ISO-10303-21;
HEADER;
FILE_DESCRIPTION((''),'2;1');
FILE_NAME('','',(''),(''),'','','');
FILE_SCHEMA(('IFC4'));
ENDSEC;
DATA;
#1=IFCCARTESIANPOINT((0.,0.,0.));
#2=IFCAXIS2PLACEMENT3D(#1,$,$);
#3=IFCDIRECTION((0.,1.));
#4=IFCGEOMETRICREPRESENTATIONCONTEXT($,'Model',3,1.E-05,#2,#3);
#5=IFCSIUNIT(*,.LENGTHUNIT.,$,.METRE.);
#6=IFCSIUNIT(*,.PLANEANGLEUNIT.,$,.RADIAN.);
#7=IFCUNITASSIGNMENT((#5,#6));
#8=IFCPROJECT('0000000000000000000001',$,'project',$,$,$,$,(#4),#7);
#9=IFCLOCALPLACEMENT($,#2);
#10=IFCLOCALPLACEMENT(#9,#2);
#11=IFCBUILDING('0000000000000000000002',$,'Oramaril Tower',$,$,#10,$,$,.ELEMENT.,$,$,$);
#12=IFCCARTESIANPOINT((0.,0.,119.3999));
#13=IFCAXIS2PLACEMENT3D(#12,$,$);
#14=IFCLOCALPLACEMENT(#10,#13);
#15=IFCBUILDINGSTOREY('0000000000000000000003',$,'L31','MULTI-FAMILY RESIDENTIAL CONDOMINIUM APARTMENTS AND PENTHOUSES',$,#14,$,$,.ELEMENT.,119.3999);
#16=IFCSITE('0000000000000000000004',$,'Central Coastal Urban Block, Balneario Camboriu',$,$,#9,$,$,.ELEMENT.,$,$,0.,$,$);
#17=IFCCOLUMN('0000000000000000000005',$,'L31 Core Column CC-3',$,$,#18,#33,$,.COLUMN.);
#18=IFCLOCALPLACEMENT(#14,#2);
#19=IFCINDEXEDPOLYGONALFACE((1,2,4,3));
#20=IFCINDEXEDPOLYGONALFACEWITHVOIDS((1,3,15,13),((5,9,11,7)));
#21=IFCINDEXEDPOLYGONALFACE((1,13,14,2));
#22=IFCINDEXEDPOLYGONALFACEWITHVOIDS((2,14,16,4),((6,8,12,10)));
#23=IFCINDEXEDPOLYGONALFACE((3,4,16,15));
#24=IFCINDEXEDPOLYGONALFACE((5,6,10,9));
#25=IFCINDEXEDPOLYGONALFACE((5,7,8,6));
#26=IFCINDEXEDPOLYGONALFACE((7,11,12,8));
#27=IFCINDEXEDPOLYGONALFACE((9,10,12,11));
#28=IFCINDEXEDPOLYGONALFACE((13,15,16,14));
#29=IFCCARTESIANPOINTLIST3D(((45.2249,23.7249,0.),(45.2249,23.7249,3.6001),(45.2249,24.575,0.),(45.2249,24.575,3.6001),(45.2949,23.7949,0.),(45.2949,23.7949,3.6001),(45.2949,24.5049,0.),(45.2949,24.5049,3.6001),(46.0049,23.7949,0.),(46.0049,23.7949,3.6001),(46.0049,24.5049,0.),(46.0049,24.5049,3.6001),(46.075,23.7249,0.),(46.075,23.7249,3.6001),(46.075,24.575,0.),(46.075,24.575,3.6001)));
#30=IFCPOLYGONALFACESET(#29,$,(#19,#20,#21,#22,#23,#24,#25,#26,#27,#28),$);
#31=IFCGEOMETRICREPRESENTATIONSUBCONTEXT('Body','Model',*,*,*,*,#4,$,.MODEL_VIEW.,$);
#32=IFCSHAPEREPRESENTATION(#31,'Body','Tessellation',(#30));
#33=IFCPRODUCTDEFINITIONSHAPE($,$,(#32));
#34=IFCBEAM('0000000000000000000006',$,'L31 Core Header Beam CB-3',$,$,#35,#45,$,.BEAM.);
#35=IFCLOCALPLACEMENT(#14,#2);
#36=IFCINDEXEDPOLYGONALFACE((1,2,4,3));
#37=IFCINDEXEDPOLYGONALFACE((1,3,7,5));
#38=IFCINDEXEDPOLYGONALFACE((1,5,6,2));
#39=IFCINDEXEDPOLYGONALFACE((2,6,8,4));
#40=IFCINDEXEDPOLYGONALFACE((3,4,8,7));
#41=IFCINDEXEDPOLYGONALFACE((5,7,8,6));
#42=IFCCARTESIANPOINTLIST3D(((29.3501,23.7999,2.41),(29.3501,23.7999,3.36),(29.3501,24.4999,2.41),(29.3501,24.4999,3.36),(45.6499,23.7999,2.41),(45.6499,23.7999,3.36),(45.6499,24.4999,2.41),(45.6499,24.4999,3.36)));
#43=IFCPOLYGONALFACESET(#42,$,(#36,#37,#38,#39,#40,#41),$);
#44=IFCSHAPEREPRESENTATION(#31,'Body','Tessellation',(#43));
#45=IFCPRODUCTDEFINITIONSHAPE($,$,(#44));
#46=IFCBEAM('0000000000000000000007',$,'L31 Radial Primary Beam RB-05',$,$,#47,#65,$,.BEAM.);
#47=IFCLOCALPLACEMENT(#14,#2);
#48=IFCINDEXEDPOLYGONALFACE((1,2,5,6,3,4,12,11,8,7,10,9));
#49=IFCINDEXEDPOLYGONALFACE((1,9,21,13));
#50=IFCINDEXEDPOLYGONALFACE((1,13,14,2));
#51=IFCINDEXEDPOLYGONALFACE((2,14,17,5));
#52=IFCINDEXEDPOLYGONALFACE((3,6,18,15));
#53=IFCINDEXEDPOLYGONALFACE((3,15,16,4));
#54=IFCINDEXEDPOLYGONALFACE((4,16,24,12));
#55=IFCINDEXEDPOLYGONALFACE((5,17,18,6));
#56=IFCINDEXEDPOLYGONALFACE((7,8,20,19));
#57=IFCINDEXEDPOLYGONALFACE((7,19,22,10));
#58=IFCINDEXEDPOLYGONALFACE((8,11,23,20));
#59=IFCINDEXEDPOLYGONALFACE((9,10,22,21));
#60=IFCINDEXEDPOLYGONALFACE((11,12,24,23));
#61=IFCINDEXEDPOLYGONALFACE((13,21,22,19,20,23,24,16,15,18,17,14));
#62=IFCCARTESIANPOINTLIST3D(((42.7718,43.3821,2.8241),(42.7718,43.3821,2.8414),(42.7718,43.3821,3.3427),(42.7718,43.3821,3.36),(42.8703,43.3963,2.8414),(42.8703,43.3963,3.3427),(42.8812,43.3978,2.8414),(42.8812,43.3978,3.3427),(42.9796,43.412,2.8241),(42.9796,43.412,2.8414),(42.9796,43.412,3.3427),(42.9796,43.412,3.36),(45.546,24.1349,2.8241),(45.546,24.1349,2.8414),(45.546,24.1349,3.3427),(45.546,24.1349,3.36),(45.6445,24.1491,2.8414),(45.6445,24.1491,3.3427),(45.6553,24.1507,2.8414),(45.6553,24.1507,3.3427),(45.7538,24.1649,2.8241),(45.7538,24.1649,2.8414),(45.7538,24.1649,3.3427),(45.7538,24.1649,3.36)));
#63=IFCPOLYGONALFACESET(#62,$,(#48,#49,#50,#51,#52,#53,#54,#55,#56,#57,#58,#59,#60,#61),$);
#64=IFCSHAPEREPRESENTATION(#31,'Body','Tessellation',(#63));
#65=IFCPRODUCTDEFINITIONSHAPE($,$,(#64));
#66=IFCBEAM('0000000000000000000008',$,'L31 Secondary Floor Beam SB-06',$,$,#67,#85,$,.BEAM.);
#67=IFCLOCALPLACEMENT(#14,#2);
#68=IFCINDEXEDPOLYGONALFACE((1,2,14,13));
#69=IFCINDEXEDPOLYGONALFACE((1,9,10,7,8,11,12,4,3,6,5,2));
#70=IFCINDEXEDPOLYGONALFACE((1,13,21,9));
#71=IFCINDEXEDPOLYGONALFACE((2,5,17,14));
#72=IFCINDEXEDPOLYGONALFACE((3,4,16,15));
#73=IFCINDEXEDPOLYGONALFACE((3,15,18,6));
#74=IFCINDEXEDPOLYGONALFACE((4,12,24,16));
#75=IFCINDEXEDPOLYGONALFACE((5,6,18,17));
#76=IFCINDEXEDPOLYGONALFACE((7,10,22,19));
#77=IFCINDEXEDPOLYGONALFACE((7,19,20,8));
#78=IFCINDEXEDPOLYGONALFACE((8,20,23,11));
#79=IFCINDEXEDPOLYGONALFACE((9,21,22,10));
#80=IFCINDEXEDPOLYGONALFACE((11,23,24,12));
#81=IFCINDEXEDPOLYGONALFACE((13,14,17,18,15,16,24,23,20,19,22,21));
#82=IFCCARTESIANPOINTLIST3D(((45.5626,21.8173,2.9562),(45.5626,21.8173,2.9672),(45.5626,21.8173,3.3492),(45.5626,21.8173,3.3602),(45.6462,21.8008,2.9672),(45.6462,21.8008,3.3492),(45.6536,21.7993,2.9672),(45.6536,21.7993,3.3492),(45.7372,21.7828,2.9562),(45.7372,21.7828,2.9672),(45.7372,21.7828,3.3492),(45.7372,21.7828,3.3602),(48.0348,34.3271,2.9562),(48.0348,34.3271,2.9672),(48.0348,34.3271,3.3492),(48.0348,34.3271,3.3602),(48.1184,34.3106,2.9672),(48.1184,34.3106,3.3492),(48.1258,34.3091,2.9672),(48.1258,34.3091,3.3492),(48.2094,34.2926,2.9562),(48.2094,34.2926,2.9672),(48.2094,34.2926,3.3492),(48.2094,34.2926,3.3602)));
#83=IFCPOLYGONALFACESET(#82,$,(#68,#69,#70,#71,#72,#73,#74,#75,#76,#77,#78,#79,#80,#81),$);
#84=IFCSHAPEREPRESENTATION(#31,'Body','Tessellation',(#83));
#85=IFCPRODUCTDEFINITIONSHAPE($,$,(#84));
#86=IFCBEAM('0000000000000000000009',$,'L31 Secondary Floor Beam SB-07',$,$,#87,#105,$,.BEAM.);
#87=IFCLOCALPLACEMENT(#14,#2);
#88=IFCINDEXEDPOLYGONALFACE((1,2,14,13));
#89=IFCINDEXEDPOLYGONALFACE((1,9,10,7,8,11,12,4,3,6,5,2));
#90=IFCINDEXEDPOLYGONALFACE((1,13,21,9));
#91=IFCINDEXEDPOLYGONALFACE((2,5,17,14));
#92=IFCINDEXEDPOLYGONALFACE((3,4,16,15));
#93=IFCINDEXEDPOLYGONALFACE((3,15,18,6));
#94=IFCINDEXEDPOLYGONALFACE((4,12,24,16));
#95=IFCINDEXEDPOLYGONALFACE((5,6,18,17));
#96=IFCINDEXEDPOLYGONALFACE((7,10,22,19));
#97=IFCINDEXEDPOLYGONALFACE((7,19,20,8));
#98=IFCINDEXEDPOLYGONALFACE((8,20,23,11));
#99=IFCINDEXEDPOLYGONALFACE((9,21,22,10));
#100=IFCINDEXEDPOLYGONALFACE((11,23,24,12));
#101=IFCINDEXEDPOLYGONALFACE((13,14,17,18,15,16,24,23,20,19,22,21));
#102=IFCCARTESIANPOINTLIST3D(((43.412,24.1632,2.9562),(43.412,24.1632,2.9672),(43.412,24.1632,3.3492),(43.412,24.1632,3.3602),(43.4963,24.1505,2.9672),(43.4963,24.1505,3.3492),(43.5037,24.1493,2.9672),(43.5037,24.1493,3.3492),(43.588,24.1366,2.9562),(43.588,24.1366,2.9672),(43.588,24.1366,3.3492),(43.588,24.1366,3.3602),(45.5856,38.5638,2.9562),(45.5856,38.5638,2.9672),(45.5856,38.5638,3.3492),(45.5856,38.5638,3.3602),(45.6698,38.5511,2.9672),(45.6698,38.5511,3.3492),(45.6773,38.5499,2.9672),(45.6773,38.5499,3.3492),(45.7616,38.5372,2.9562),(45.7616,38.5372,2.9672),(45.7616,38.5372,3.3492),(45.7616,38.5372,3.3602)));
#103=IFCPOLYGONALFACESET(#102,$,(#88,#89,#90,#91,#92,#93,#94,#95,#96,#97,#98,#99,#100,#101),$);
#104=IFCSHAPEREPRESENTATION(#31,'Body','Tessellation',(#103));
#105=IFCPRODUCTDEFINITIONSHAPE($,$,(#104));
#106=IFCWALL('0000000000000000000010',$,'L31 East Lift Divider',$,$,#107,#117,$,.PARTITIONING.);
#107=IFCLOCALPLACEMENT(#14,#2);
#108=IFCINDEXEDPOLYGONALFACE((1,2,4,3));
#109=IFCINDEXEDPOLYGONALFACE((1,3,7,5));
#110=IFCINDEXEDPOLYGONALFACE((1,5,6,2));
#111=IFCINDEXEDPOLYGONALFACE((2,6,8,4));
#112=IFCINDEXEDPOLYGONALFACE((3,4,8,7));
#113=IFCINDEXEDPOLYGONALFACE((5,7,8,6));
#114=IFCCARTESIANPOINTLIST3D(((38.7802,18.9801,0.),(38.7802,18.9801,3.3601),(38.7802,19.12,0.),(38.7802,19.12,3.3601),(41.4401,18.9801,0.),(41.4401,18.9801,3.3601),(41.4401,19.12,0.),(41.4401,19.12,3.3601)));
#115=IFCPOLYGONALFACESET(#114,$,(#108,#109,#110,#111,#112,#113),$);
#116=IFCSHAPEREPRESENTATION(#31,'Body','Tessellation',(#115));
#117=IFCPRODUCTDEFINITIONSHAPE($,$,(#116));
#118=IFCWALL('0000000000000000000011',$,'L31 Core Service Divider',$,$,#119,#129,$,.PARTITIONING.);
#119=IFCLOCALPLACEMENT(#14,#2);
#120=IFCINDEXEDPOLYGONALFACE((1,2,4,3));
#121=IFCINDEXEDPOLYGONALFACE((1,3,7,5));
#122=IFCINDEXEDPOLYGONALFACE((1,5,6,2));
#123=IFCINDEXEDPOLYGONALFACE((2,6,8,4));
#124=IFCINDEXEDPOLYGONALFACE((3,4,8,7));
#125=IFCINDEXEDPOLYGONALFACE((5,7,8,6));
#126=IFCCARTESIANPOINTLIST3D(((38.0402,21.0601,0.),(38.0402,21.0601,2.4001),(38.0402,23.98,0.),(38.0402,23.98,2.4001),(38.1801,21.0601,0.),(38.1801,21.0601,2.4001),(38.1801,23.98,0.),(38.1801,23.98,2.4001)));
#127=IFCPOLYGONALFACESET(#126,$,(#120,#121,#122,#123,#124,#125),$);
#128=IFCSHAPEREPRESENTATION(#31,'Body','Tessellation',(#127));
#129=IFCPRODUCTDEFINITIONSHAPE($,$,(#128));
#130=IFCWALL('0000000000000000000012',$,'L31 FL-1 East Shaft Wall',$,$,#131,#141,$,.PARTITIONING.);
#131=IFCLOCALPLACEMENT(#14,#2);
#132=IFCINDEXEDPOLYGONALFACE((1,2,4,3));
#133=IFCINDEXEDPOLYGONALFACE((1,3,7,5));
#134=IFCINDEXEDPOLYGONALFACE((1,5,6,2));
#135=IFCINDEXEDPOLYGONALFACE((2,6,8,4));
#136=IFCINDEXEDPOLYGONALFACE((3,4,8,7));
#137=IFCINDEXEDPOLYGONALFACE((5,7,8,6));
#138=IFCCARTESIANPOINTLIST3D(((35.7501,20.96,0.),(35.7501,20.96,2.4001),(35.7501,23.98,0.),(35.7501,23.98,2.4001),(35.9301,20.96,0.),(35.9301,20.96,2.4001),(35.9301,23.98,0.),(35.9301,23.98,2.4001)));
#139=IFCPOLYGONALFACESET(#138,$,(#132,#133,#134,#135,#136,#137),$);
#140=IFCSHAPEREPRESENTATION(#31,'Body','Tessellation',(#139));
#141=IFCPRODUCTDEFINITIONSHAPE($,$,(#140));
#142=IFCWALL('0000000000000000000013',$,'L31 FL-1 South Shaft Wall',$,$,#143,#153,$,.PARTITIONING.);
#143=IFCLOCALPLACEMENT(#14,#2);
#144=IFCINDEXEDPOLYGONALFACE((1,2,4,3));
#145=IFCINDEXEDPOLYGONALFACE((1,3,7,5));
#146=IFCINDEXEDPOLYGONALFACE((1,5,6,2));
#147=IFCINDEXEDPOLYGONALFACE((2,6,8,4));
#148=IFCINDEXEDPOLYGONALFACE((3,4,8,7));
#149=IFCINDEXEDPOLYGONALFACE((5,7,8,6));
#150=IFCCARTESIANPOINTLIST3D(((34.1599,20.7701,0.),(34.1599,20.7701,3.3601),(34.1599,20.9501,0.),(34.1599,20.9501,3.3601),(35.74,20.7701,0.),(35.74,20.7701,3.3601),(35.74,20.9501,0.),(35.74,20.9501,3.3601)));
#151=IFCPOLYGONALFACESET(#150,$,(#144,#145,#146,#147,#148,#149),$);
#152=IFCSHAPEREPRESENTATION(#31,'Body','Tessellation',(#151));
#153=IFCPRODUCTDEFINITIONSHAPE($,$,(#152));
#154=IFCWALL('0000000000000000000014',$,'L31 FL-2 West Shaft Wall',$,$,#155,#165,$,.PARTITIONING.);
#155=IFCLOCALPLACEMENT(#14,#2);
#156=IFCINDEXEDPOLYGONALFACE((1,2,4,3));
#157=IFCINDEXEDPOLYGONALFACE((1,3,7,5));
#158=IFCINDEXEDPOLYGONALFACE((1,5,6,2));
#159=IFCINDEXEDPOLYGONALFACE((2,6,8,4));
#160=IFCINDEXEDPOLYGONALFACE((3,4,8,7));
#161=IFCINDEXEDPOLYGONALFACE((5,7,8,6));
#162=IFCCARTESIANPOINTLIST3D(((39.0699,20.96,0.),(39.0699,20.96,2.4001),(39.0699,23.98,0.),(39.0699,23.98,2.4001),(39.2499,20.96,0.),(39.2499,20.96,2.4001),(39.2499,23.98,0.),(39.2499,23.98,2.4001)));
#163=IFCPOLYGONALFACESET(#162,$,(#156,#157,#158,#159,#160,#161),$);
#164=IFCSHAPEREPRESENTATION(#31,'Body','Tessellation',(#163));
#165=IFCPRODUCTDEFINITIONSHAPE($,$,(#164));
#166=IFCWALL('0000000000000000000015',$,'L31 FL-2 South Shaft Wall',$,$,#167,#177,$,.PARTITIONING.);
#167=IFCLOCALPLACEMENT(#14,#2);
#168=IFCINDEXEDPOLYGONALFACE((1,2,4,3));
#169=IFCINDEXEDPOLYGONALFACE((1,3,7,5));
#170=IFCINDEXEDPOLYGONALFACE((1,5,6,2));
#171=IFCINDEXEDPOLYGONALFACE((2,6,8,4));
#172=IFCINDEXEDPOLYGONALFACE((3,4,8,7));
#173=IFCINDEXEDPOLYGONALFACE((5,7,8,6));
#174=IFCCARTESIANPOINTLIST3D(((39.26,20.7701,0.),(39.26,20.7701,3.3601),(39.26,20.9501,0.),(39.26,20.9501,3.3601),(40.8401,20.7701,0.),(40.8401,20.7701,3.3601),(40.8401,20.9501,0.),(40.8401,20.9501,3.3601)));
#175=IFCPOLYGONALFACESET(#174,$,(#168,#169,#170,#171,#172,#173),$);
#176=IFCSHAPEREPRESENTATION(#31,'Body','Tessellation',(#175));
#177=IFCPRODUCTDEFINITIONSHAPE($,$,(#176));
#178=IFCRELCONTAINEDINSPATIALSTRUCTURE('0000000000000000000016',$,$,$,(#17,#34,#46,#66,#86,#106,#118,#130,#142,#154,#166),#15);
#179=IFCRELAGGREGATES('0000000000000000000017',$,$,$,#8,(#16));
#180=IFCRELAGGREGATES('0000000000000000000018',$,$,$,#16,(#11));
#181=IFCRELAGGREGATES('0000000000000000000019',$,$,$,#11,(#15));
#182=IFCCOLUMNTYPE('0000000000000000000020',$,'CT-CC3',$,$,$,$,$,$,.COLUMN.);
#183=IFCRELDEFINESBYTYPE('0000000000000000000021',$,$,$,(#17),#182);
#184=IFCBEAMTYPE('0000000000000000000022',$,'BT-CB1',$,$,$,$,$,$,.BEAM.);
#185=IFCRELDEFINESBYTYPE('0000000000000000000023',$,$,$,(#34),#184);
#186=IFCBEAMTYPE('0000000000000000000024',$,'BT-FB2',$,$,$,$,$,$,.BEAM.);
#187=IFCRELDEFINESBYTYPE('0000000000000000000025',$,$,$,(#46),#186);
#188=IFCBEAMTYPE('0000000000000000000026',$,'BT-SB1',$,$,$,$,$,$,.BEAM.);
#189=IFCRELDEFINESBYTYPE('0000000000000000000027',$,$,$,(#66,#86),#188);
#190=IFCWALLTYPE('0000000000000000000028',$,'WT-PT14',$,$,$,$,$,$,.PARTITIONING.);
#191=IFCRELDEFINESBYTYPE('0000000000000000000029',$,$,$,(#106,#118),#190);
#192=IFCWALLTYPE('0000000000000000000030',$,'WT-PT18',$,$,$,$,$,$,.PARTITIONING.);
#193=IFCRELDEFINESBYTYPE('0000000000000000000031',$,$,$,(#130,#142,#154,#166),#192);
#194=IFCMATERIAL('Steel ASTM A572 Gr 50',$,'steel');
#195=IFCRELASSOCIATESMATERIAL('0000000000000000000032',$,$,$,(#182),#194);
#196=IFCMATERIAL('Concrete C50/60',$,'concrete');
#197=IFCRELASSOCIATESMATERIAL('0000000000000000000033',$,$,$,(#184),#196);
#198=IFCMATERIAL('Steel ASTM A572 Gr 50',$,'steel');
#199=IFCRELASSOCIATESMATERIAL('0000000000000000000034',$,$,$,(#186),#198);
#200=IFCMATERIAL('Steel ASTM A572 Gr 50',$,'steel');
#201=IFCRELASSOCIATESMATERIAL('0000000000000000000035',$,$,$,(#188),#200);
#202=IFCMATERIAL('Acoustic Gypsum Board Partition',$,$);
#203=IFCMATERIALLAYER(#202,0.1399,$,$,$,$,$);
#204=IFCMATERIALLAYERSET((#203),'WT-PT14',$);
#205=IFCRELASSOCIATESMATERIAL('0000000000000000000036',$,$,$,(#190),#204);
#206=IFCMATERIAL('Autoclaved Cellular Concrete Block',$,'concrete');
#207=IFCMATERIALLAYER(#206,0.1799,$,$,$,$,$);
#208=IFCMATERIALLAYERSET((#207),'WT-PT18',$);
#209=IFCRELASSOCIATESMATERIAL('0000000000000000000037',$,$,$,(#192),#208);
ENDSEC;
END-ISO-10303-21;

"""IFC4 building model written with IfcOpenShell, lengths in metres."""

from ifc_helpers import new_model, si_unit, direction, frame, frame_2d, origin, origin_2d, place, context, subcontext, project, spatial, rectangle, hollow_rectangle, i_section, extrude, material, layer, layer_set, material_profile, profile_set, type_object, element, save


model = new_model("IFC4")

# Units and contexts
model_context = context("Model", 3, precision=1e-05, world=origin(), true_north=direction((0.0, 1.0)))
body_context = subcontext(model_context, "Body", "Model", "MODEL_VIEW")
ifc_project = project(units=[si_unit("LENGTHUNIT", "METRE"), si_unit("PLANEANGLEUNIT", "RADIAN")], contexts=[model_context])

# Site, building, storey
site_placement = place(None, origin())
site = spatial("IfcSite", under=ifc_project, at=site_placement, Name="Central Coastal Urban Block, Balneario Camboriu", CompositionType="ELEMENT", RefElevation=0.0)
building_placement = place(site_placement, origin())
building = spatial("IfcBuilding", under=site, at=building_placement, Name="Oramaril Tower", CompositionType="ELEMENT")
storey_placement = place(building_placement, frame((0.0, 0.0, 119.3999)))
storey = spatial("IfcBuildingStorey", under=building, at=storey_placement, Name="L31", Description="MULTI-FAMILY RESIDENTIAL CONDOMINIUM APARTMENTS AND PENTHOUSES", CompositionType="ELEMENT", Elevation=119.3999)

# Column
ifc_material_1 = material(Name="Steel ASTM A572 Gr 50", Category="steel")
ifc_material_profile_1 = material_profile(ifc_material_1, hollow_rectangle(XDim=0.8501, YDim=0.8501, WallThickness=0.0701, at=origin_2d()), Name="BOX850X850X70")
ifc_profile_set_1 = profile_set([ifc_material_profile_1], Name="Steel ASTM A572 Gr 50")
column_type = type_object("IfcColumnType", Name="CT-CC3", PredefinedType="COLUMN", material=ifc_profile_set_1)
column_placement = place(storey_placement, frame((45.6499, 24.1499, 0.0), z_axis=(0.0, 0.0, 1.0), x_axis=(1.0, 0.0, 0.0)))
element("IfcColumn", 1, at=column_placement, inside=storey, type_object=column_type, Name="L31 Core Column CC-3", PredefinedType="COLUMN", context=body_context, shape_type="SweptSolid", body=[
    extrude(hollow_rectangle(XDim=0.8501, YDim=0.8501, WallThickness=0.0701, at=origin_2d()), origin(), (0.0, 0.0, 1.0), 3.6001),
])

# Beams
ifc_material_2 = material(Name="Concrete C50/60", Category="concrete")
ifc_material_profile_2 = material_profile(ifc_material_2, rectangle(XDim=0.7, YDim=0.95, at=origin_2d()), Name="CB700X950")
ifc_profile_set_2 = profile_set([ifc_material_profile_2], Name="Concrete C50/60")
beam_type_1 = type_object("IfcBeamType", Name="BT-CB1", PredefinedType="BEAM", material=ifc_profile_set_2)
beam_1_placement = place(storey_placement, frame((45.6499, 24.1499, 2.885), z_axis=(-1.0, 0.0, 0.0), x_axis=(0.0, -1.0, 0.0)))
element("IfcBeam", 2, at=beam_1_placement, inside=storey, type_object=beam_type_1, Name="L31 Core Header Beam CB-3", PredefinedType="BEAM", context=body_context, shape_type="SweptSolid", body=[
    extrude(rectangle(XDim=0.7, YDim=0.95, at=origin_2d()), origin(), (0.0, 0.0, 1.0), 16.2998),
])
ifc_material_3 = material(Name="Steel ASTM A572 Gr 50", Category="steel")
ifc_material_profile_3 = material_profile(ifc_material_3, i_section(OverallWidth=0.21, OverallDepth=0.5359, WebThickness=0.011, FlangeThickness=0.0173, at=origin_2d()), Name="W21X68")
ifc_profile_set_3 = profile_set([ifc_material_profile_3], Name="Steel ASTM A572 Gr 50")
beam_type_2 = type_object("IfcBeamType", Name="BT-FB2", PredefinedType="BEAM", material=ifc_profile_set_3)
beam_2_placement = place(storey_placement, frame((45.6499, 24.1499, 3.092), z_axis=(-0.14266, 0.989772, 0.0), x_axis=(-0.989772, -0.14266, 0.0)))
element("IfcBeam", 3, at=beam_2_placement, inside=storey, type_object=beam_type_2, Name="L31 Radial Primary Beam RB-05", PredefinedType="BEAM", context=body_context, shape_type="SweptSolid", body=[
    extrude(i_section(OverallWidth=0.21, OverallDepth=0.5359, WebThickness=0.011, FlangeThickness=0.0173, at=origin_2d()), origin(), (0.0, 0.0, 1.0), 19.446),
])
ifc_material_4 = material(Name="Steel ASTM A572 Gr 50", Category="steel")
ifc_material_profile_4 = material_profile(ifc_material_4, i_section(OverallWidth=0.178, OverallDepth=0.4041, WebThickness=0.0076, FlangeThickness=0.011, at=origin_2d()), Name="W16X36")
ifc_profile_set_4 = profile_set([ifc_material_profile_4], Name="Steel ASTM A572 Gr 50")
beam_type_3 = type_object("IfcBeamType", Name="BT-SB1", PredefinedType="BEAM", material=ifc_profile_set_4)
beam_3_placement = place(storey_placement, frame((45.6499, 21.8, 3.1582), z_axis=(0.19387, 0.981027, 0.0), x_axis=(-0.981027, 0.19387, 0.0)))
element("IfcBeam", 4, at=beam_3_placement, inside=storey, type_object=beam_type_3, Name="L31 Secondary Floor Beam SB-06", PredefinedType="BEAM", context=body_context, shape_type="SweptSolid", body=[
    extrude(i_section(OverallWidth=0.178, OverallDepth=0.4041, WebThickness=0.0076, FlangeThickness=0.011, at=origin_2d()), origin(), (0.0, 0.0, 1.0), 12.7517),
])
beam_4_placement = place(storey_placement, frame((43.5, 24.1499, 3.1582), z_axis=(0.149246, 0.9888, 0.0), x_axis=(-0.9888, 0.149246, 0.0)))
element("IfcBeam", 5, at=beam_4_placement, inside=storey, type_object=beam_type_3, Name="L31 Secondary Floor Beam SB-07", PredefinedType="BEAM", context=body_context, shape_type="SweptSolid", body=[
    extrude(i_section(OverallWidth=0.178, OverallDepth=0.4041, WebThickness=0.0076, FlangeThickness=0.011, at=origin_2d()), origin(), (0.0, 0.0, 1.0), 14.5637),
])

# Walls
ifc_material_5 = material(Name="Acoustic Gypsum Board Partition")
ifc_layer_1 = layer(ifc_material_5, 0.1399)
ifc_layer_set_1 = layer_set([ifc_layer_1], Name="WT-PT14")
wall_type_1 = type_object("IfcWallType", Name="WT-PT14", PredefinedType="PARTITIONING", material=ifc_layer_set_1)
wall_1_placement = place(storey_placement, frame((38.78, 19.05, 0.0), z_axis=(0.0, 0.0, 1.0), x_axis=(1.0, 0.0, 0.0)))
element("IfcWall", 6, at=wall_1_placement, inside=storey, type_object=wall_type_1, Name="L31 East Lift Divider", PredefinedType="PARTITIONING", context=body_context, shape_type="SweptSolid", body=[
    extrude(rectangle(XDim=2.6599, YDim=0.1399, at=frame_2d((1.3301, 0.0))), origin(), (0.0, 0.0, 1.0), 3.3601),
])
wall_2_placement = place(storey_placement, frame((38.1101, 21.0601, 0.0), z_axis=(0.0, 0.0, 1.0), x_axis=(0.0, 1.0, 0.0)))
element("IfcWall", 7, at=wall_2_placement, inside=storey, type_object=wall_type_1, Name="L31 Core Service Divider", PredefinedType="PARTITIONING", context=body_context, shape_type="SweptSolid", body=[
    extrude(rectangle(XDim=2.9199, YDim=0.1399, at=frame_2d((1.46, 0.0))), origin(), (0.0, 0.0, 1.0), 2.4001),
])
ifc_material_6 = material(Name="Autoclaved Cellular Concrete Block", Category="concrete")
ifc_layer_2 = layer(ifc_material_6, 0.1799)
ifc_layer_set_2 = layer_set([ifc_layer_2], Name="WT-PT18")
wall_type_2 = type_object("IfcWallType", Name="WT-PT18", PredefinedType="PARTITIONING", material=ifc_layer_set_2)
wall_3_placement = place(storey_placement, frame((35.8401, 20.96, 0.0), z_axis=(0.0, 0.0, 1.0), x_axis=(0.0, 1.0, 0.0)))
element("IfcWall", 8, at=wall_3_placement, inside=storey, type_object=wall_type_2, Name="L31 FL-1 East Shaft Wall", PredefinedType="PARTITIONING", context=body_context, shape_type="SweptSolid", body=[
    extrude(rectangle(XDim=3.02, YDim=0.1799, at=frame_2d((1.51, 0.0))), origin(), (0.0, 0.0, 1.0), 2.4001),
])
wall_4_placement = place(storey_placement, frame((34.1599, 20.8601, 0.0), z_axis=(0.0, 0.0, 1.0), x_axis=(1.0, 0.0, 0.0)))
element("IfcWall", 9, at=wall_4_placement, inside=storey, type_object=wall_type_2, Name="L31 FL-1 South Shaft Wall", PredefinedType="PARTITIONING", context=body_context, shape_type="SweptSolid", body=[
    extrude(rectangle(XDim=1.5801, YDim=0.1799, at=frame_2d((0.79, 0.0))), origin(), (0.0, 0.0, 1.0), 3.3601),
])
wall_5_placement = place(storey_placement, frame((39.1599, 20.96, 0.0), z_axis=(0.0, 0.0, 1.0), x_axis=(0.0, 1.0, 0.0)))
element("IfcWall", 10, at=wall_5_placement, inside=storey, type_object=wall_type_2, Name="L31 FL-2 West Shaft Wall", PredefinedType="PARTITIONING", context=body_context, shape_type="SweptSolid", body=[
    extrude(rectangle(XDim=3.02, YDim=0.1799, at=frame_2d((1.51, 0.0))), origin(), (0.0, 0.0, 1.0), 2.4001),
])
wall_6_placement = place(storey_placement, frame((39.26, 20.8601, 0.0), z_axis=(0.0, 0.0, 1.0), x_axis=(1.0, 0.0, 0.0)))
element("IfcWall", 11, at=wall_6_placement, inside=storey, type_object=wall_type_2, Name="L31 FL-2 South Shaft Wall", PredefinedType="PARTITIONING", context=body_context, shape_type="SweptSolid", body=[
    extrude(rectangle(XDim=1.5801, YDim=0.1799, at=frame_2d((0.79, 0.0))), origin(), (0.0, 0.0, 1.0), 3.3601),
])

save(model, "model.ifc")
